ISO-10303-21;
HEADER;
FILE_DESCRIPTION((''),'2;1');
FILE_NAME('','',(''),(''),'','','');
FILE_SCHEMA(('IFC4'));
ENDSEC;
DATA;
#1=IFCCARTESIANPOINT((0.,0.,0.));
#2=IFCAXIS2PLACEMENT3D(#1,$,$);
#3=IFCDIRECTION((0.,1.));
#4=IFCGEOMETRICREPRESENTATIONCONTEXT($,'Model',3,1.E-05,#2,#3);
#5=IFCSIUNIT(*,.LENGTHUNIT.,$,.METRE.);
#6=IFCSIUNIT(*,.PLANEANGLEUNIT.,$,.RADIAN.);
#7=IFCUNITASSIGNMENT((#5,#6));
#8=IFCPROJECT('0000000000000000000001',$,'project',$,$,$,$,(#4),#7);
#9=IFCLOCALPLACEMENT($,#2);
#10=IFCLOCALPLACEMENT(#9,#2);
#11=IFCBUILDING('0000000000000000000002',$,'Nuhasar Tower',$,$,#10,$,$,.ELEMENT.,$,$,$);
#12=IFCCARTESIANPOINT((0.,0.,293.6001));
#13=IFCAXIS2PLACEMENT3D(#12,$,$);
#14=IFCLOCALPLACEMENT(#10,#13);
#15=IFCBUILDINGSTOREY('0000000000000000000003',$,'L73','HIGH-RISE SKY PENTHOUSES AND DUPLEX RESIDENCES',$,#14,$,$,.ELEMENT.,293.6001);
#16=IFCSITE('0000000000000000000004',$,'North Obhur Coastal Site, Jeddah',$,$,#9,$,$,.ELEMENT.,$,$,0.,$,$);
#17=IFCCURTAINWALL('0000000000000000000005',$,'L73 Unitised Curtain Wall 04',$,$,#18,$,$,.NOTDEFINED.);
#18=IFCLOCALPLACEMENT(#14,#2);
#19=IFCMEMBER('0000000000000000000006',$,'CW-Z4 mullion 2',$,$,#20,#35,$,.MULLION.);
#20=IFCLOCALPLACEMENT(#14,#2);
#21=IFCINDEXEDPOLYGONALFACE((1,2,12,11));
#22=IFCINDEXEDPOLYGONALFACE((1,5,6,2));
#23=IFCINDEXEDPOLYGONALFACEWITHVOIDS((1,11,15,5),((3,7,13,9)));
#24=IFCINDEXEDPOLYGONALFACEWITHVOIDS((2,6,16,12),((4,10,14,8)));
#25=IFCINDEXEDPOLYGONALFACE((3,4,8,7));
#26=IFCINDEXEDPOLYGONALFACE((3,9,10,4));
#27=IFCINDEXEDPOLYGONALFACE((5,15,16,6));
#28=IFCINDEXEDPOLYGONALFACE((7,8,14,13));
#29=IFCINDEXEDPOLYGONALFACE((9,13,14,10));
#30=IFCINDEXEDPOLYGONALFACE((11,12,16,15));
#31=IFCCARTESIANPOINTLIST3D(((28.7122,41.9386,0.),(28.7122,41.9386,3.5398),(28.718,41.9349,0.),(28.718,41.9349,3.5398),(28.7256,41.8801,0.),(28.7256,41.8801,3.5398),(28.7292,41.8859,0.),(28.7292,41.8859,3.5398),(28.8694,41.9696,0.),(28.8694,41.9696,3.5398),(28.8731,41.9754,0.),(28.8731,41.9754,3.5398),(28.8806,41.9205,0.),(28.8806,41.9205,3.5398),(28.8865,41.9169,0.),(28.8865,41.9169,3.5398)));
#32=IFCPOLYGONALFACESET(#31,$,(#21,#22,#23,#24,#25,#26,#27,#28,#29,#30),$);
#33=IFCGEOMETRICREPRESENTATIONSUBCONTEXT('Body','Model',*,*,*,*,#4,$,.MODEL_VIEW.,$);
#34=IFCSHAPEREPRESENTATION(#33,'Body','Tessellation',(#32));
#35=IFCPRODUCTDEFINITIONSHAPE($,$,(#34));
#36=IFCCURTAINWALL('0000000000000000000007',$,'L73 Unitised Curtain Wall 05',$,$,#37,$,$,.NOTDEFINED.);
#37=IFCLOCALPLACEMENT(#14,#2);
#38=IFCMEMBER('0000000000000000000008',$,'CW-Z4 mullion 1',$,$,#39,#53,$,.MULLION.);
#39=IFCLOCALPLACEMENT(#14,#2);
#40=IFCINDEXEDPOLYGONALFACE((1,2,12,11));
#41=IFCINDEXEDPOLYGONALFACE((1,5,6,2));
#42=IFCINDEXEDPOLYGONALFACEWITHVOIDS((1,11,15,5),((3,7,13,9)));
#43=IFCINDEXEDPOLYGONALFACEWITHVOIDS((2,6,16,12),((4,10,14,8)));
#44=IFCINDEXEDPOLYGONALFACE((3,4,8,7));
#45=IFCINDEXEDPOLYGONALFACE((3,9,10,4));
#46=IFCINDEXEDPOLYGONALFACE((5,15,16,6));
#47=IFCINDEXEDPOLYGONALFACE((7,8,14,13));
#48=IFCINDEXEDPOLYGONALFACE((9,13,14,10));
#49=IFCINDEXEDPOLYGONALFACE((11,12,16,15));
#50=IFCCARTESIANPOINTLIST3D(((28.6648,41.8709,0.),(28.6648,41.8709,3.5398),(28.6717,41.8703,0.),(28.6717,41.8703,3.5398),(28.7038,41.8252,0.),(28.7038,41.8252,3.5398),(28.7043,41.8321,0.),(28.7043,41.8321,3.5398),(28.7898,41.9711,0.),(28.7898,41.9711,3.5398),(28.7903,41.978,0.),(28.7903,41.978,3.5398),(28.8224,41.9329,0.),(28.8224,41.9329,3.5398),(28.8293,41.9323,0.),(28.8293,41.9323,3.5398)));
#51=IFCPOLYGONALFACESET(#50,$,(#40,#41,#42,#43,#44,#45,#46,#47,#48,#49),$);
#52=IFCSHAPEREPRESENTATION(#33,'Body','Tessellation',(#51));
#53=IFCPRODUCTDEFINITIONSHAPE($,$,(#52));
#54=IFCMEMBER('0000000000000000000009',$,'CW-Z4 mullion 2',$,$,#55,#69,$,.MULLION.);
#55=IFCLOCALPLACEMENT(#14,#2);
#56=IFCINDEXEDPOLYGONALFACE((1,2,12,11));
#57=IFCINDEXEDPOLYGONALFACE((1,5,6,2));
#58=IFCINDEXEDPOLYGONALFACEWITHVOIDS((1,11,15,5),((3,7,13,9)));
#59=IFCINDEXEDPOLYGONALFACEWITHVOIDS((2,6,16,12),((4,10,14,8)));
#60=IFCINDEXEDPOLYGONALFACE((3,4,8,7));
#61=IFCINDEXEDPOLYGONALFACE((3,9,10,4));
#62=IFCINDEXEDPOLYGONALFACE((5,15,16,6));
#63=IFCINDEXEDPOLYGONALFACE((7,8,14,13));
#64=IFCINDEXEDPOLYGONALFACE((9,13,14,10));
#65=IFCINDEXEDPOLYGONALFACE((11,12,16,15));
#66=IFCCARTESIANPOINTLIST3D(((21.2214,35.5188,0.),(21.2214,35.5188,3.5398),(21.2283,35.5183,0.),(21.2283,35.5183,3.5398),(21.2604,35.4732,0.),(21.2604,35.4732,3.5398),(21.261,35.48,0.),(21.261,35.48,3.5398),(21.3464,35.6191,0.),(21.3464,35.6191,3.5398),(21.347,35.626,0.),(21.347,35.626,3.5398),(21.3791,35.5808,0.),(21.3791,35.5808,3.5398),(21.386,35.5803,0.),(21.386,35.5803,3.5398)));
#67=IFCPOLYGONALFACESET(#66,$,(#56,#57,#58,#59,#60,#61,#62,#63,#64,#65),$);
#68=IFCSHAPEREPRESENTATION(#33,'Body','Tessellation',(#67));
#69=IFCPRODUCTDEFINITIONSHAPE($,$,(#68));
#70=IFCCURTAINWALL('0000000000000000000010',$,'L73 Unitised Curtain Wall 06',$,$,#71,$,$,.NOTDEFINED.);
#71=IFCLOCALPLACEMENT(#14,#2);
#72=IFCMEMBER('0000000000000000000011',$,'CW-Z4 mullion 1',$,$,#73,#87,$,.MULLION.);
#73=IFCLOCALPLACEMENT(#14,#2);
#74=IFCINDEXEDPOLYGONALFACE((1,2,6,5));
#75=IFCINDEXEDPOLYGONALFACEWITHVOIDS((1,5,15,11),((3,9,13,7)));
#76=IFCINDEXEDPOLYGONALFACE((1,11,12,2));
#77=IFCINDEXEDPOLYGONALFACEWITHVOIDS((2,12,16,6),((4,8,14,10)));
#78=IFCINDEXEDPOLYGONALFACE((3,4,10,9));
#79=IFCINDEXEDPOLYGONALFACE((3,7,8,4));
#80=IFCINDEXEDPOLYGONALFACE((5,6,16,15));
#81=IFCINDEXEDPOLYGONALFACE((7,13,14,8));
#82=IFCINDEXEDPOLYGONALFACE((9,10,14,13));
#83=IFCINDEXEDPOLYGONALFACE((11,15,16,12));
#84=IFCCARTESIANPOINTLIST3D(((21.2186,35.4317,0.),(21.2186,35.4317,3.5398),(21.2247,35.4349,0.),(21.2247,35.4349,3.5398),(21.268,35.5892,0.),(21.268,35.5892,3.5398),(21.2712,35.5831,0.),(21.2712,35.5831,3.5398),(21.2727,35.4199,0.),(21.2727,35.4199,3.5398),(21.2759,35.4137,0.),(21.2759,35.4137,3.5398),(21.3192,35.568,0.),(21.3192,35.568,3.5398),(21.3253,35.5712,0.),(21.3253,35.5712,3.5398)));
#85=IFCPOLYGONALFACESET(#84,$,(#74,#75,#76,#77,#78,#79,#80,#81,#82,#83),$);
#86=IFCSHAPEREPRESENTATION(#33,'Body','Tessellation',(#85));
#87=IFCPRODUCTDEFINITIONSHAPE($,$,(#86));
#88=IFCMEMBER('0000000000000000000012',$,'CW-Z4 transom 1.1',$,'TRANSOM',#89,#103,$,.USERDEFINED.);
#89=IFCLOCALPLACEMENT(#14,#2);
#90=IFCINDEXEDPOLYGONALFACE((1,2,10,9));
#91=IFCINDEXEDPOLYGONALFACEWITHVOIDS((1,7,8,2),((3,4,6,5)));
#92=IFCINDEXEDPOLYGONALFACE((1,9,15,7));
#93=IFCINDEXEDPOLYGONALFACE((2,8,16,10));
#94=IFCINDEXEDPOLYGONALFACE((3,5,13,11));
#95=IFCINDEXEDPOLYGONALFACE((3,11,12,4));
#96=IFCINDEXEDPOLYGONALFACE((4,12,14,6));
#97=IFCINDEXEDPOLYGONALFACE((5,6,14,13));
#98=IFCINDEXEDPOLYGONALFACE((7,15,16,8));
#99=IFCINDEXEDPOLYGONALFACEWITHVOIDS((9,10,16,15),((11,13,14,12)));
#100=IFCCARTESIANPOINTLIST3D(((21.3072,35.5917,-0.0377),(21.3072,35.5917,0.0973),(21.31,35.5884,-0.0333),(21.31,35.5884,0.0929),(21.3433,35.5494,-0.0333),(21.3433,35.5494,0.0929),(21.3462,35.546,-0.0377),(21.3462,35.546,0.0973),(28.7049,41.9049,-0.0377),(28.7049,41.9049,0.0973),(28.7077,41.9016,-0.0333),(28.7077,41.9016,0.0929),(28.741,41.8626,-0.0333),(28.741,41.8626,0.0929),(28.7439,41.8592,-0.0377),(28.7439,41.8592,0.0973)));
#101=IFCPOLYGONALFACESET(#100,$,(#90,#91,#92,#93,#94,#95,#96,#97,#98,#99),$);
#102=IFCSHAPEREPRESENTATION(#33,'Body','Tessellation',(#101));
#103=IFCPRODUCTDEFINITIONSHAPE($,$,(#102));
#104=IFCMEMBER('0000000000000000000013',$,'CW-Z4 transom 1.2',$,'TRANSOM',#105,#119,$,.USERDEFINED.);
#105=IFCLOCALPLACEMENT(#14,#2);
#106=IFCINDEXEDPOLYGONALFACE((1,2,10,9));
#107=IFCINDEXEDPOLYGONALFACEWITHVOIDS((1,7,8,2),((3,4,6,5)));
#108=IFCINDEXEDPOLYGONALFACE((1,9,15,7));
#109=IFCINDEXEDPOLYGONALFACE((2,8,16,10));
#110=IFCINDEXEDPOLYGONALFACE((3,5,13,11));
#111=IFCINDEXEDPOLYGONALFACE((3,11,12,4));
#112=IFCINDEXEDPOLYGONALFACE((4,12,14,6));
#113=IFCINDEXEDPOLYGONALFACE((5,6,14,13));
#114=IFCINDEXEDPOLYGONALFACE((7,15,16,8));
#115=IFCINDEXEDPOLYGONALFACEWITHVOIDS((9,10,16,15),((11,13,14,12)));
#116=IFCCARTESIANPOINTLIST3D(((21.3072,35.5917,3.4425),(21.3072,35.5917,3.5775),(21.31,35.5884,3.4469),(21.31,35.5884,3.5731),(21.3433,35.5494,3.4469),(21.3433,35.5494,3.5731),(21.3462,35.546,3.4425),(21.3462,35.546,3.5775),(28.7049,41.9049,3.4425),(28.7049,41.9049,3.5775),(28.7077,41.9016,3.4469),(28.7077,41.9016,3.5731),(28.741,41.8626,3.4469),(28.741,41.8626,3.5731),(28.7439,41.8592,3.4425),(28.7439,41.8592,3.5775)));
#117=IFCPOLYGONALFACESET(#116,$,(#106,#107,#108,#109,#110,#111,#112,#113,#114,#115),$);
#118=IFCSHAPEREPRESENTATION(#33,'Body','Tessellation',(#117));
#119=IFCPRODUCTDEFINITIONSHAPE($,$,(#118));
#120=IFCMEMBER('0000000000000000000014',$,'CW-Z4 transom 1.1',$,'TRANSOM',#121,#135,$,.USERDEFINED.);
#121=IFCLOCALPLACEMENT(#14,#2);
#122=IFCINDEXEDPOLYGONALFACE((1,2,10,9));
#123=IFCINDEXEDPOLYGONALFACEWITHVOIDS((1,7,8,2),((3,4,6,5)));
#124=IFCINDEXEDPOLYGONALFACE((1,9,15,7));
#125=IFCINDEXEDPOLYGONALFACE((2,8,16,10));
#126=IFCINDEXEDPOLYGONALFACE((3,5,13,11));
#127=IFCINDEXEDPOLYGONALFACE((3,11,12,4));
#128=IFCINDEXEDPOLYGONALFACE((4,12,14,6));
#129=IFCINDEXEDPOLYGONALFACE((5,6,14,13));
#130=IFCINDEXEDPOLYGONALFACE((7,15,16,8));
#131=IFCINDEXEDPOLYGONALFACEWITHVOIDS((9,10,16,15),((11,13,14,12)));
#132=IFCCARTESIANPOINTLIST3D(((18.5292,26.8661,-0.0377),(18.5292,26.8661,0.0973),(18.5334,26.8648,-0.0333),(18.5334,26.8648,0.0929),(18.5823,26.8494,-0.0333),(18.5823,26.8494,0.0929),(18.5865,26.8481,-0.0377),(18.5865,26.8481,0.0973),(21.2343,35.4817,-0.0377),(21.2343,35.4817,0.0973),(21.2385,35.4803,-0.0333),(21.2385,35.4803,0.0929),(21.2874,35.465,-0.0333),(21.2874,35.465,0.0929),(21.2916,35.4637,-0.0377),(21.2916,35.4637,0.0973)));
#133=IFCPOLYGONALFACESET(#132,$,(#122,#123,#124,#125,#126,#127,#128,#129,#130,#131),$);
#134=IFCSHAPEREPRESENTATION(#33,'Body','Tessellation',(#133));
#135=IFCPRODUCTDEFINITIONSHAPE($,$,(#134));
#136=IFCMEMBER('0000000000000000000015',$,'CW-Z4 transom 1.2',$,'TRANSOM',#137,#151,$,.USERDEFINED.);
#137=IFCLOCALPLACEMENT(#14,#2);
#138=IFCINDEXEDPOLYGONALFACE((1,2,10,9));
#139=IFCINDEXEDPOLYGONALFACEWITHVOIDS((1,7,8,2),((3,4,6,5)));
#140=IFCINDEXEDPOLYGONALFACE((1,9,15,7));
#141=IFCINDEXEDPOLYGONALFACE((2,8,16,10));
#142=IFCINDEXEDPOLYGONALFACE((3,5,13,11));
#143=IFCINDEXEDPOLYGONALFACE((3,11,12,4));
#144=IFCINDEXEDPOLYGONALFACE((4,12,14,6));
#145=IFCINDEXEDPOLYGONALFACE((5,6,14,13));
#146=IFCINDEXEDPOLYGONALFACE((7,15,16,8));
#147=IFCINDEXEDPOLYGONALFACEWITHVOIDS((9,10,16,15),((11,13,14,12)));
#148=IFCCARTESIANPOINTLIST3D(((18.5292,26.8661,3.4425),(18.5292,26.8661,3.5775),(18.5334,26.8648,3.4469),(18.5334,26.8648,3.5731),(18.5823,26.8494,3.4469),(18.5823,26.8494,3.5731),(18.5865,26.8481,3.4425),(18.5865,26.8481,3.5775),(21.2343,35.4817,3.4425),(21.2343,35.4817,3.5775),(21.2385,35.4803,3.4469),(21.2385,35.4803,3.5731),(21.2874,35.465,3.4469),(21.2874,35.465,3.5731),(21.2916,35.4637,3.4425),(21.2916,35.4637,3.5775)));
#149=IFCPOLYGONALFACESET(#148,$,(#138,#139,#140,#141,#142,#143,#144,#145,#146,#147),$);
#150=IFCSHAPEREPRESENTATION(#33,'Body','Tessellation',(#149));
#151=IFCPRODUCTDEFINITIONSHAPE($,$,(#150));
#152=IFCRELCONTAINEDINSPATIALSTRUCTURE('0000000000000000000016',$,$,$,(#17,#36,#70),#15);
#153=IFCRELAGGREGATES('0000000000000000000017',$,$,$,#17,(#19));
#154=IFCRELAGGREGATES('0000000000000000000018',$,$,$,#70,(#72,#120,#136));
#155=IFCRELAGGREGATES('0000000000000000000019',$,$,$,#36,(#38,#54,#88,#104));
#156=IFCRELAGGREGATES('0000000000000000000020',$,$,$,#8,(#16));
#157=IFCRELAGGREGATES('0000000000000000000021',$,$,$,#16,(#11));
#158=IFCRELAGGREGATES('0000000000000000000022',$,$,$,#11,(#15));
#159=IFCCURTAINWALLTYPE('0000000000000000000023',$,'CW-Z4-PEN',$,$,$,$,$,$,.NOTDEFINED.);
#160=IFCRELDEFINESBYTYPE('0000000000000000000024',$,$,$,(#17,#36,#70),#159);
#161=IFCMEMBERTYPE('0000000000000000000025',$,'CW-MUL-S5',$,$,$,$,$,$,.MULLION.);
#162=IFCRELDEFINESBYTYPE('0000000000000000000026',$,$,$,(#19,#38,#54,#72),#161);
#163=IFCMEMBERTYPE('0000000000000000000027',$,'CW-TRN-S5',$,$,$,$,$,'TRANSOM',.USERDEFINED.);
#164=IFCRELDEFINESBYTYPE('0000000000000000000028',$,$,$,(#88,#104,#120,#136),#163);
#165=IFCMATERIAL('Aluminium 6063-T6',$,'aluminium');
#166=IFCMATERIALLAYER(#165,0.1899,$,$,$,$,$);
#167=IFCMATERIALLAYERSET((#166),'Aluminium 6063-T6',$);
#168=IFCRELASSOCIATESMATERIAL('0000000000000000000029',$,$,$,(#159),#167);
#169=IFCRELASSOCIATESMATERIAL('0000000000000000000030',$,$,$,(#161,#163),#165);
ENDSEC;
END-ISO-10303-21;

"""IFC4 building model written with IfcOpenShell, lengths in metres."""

from ifc_helpers import new_model, si_unit, direction, frame, origin, origin_2d, place, context, subcontext, project, spatial, hollow_rectangle, extrude, material, layer, layer_set, material_profile, profile_set, type_object, element, aggregate, save


model = new_model("IFC4")

# Units and contexts
model_context = context("Model", 3, precision=1e-05, world=origin(), true_north=direction((0.0, 1.0)))
body_context = subcontext(model_context, "Body", "Model", "MODEL_VIEW")
ifc_project = project(units=[si_unit("LENGTHUNIT", "METRE"), si_unit("PLANEANGLEUNIT", "RADIAN")], contexts=[model_context])

# Site, building, storey
site_placement = place(None, origin())
site = spatial("IfcSite", under=ifc_project, at=site_placement, Name="North Obhur Coastal Site, Jeddah", CompositionType="ELEMENT", RefElevation=0.0)
building_placement = place(site_placement, origin())
building = spatial("IfcBuilding", under=site, at=building_placement, Name="Nuhasar Tower", CompositionType="ELEMENT")
storey_placement = place(building_placement, frame((0.0, 0.0, 293.6001)))
storey = spatial("IfcBuildingStorey", under=building, at=storey_placement, Name="L73", Description="HIGH-RISE SKY PENTHOUSES AND DUPLEX RESIDENCES", CompositionType="ELEMENT", Elevation=293.6001)

# Curtain wall, member
ifc_material_1 = material(Name="Aluminium 6063-T6", Category="aluminium")
ifc_layer_1 = layer(ifc_material_1, 0.1899)
ifc_layer_set_1 = layer_set([ifc_layer_1], Name="Aluminium 6063-T6")
curtain_wall_type = type_object("IfcCurtainWallType", Name="CW-Z4-PEN", PredefinedType="NOTDEFINED", material=ifc_layer_set_1)
curtain_wall_1_placement = place(storey_placement, origin())
curtain_wall_1 = element("IfcCurtainWall", 1, at=curtain_wall_1_placement, inside=storey, type_object=curtain_wall_type, Name="L73 Unitised Curtain Wall 04", PredefinedType="NOTDEFINED")
ifc_material_profile_1 = material_profile(ifc_material_1, hollow_rectangle(XDim=0.0601, YDim=0.165, WallThickness=0.0049, at=origin_2d()), Name="CWM-5")
ifc_profile_set_1 = profile_set([ifc_material_profile_1], Name="Aluminium 6063-T6")
member_type_1 = type_object("IfcMemberType", Name="CW-MUL-S5", PredefinedType="MULLION", material=ifc_profile_set_1)
member_1_placement = place(storey_placement, frame((28.7993, 41.9277, 0.0), z_axis=(0.0, 0.0, 1.0), x_axis=(0.222889, -0.974844, 0.0)))
member_1 = element("IfcMember", 2, at=member_1_placement, type_object=member_type_1, Name="CW-Z4 mullion 2", PredefinedType="MULLION", context=body_context, shape_type="SweptSolid", body=[
    extrude(hollow_rectangle(XDim=0.0601, YDim=0.165, WallThickness=0.0049, at=origin_2d()), origin(), (0.0, 0.0, 1.0), 3.5398),
])
aggregate(curtain_wall_1, [member_1])

# Curtain wall, members
curtain_wall_2_placement = place(storey_placement, origin())
curtain_wall_2 = element("IfcCurtainWall", 3, at=curtain_wall_2_placement, inside=storey, type_object=curtain_wall_type, Name="L73 Unitised Curtain Wall 05", PredefinedType="NOTDEFINED")
member_2_placement = place(storey_placement, frame((28.7471, 41.9016, 0.0), z_axis=(0.0, 0.0, 1.0), x_axis=(0.649142, -0.760667, 0.0)))
member_2 = element("IfcMember", 4, at=member_2_placement, type_object=member_type_1, Name="CW-Z4 mullion 1", PredefinedType="MULLION", context=body_context, shape_type="SweptSolid", body=[
    extrude(hollow_rectangle(XDim=0.0601, YDim=0.165, WallThickness=0.0049, at=origin_2d()), origin(), (0.0, 0.0, 1.0), 3.5398),
])
member_3_placement = place(storey_placement, frame((21.3037, 35.5496, 0.0), z_axis=(0.0, 0.0, 1.0), x_axis=(0.649142, -0.760667, 0.0)))
member_3 = element("IfcMember", 5, at=member_3_placement, type_object=member_type_1, Name="CW-Z4 mullion 2", PredefinedType="MULLION", context=body_context, shape_type="SweptSolid", body=[
    extrude(hollow_rectangle(XDim=0.0601, YDim=0.165, WallThickness=0.0049, at=origin_2d()), origin(), (0.0, 0.0, 1.0), 3.5398),
])

# Curtain wall, member
curtain_wall_3_placement = place(storey_placement, origin())
curtain_wall_3 = element("IfcCurtainWall", 6, at=curtain_wall_3_placement, inside=storey, type_object=curtain_wall_type, Name="L73 Unitised Curtain Wall 06", PredefinedType="NOTDEFINED")
member_4_placement = place(storey_placement, frame((21.272, 35.5015, 0.0), z_axis=(0.0, 0.0, 1.0), x_axis=(0.954079, -0.299557, 0.0)))
member_4 = element("IfcMember", 7, at=member_4_placement, type_object=member_type_1, Name="CW-Z4 mullion 1", PredefinedType="MULLION", context=body_context, shape_type="SweptSolid", body=[
    extrude(hollow_rectangle(XDim=0.0601, YDim=0.165, WallThickness=0.0049, at=origin_2d()), origin(), (0.0, 0.0, 1.0), 3.5398),
])

# Members
ifc_material_profile_2 = material_profile(ifc_material_1, hollow_rectangle(XDim=0.0601, YDim=0.135, WallThickness=0.0044, at=origin_2d()), Name="CWT-5")
ifc_profile_set_2 = profile_set([ifc_material_profile_2], Name="Aluminium 6063-T6")
member_type_2 = type_object("IfcMemberType", Name="CW-TRN-S5", ElementType="TRANSOM", PredefinedType="USERDEFINED", material=ifc_profile_set_2)
member_5_placement = place(storey_placement, frame((28.7244, 41.8821, 0.0298), z_axis=(-0.76066, -0.64915, 0.0), x_axis=(0.64915, -0.76066, 0.0)))
member_5 = element("IfcMember", 8, at=member_5_placement, type_object=member_type_2, Name="CW-Z4 transom 1.1", ObjectType="TRANSOM", PredefinedType="USERDEFINED", context=body_context, shape_type="SweptSolid", body=[
    extrude(hollow_rectangle(XDim=0.0601, YDim=0.135, WallThickness=0.0044, at=origin_2d()), origin(), (0.0, 0.0, 1.0), 9.7253),
])
member_6_placement = place(storey_placement, frame((28.7244, 41.8821, 3.51), z_axis=(-0.76066, -0.64915, 0.0), x_axis=(0.64915, -0.76066, 0.0)))
member_6 = element("IfcMember", 9, at=member_6_placement, type_object=member_type_2, Name="CW-Z4 transom 1.2", ObjectType="TRANSOM", PredefinedType="USERDEFINED", context=body_context, shape_type="SweptSolid", body=[
    extrude(hollow_rectangle(XDim=0.0601, YDim=0.135, WallThickness=0.0044, at=origin_2d()), origin(), (0.0, 0.0, 1.0), 9.7253),
])
member_7_placement = place(storey_placement, frame((21.2629, 35.4727, 0.0298), z_axis=(-0.29956, -0.954077, 0.0), x_axis=(0.954077, -0.29956, 0.0)))
member_7 = element("IfcMember", 10, at=member_7_placement, type_object=member_type_2, Name="CW-Z4 transom 1.1", ObjectType="TRANSOM", PredefinedType="USERDEFINED", context=body_context, shape_type="SweptSolid", body=[
    extrude(hollow_rectangle(XDim=0.0601, YDim=0.135, WallThickness=0.0044, at=origin_2d()), origin(), (0.0, 0.0, 1.0), 9.0303),
])
member_8_placement = place(storey_placement, frame((21.2629, 35.4727, 3.51), z_axis=(-0.29956, -0.954077, 0.0), x_axis=(0.954077, -0.29956, 0.0)))
member_8 = element("IfcMember", 11, at=member_8_placement, type_object=member_type_2, Name="CW-Z4 transom 1.2", ObjectType="TRANSOM", PredefinedType="USERDEFINED", context=body_context, shape_type="SweptSolid", body=[
    extrude(hollow_rectangle(XDim=0.0601, YDim=0.135, WallThickness=0.0044, at=origin_2d()), origin(), (0.0, 0.0, 1.0), 9.0303),
])
aggregate(curtain_wall_3, [member_4, member_7, member_8])

aggregate(curtain_wall_2, [member_2, member_3, member_5, member_6])

save(model, "model.ifc")
